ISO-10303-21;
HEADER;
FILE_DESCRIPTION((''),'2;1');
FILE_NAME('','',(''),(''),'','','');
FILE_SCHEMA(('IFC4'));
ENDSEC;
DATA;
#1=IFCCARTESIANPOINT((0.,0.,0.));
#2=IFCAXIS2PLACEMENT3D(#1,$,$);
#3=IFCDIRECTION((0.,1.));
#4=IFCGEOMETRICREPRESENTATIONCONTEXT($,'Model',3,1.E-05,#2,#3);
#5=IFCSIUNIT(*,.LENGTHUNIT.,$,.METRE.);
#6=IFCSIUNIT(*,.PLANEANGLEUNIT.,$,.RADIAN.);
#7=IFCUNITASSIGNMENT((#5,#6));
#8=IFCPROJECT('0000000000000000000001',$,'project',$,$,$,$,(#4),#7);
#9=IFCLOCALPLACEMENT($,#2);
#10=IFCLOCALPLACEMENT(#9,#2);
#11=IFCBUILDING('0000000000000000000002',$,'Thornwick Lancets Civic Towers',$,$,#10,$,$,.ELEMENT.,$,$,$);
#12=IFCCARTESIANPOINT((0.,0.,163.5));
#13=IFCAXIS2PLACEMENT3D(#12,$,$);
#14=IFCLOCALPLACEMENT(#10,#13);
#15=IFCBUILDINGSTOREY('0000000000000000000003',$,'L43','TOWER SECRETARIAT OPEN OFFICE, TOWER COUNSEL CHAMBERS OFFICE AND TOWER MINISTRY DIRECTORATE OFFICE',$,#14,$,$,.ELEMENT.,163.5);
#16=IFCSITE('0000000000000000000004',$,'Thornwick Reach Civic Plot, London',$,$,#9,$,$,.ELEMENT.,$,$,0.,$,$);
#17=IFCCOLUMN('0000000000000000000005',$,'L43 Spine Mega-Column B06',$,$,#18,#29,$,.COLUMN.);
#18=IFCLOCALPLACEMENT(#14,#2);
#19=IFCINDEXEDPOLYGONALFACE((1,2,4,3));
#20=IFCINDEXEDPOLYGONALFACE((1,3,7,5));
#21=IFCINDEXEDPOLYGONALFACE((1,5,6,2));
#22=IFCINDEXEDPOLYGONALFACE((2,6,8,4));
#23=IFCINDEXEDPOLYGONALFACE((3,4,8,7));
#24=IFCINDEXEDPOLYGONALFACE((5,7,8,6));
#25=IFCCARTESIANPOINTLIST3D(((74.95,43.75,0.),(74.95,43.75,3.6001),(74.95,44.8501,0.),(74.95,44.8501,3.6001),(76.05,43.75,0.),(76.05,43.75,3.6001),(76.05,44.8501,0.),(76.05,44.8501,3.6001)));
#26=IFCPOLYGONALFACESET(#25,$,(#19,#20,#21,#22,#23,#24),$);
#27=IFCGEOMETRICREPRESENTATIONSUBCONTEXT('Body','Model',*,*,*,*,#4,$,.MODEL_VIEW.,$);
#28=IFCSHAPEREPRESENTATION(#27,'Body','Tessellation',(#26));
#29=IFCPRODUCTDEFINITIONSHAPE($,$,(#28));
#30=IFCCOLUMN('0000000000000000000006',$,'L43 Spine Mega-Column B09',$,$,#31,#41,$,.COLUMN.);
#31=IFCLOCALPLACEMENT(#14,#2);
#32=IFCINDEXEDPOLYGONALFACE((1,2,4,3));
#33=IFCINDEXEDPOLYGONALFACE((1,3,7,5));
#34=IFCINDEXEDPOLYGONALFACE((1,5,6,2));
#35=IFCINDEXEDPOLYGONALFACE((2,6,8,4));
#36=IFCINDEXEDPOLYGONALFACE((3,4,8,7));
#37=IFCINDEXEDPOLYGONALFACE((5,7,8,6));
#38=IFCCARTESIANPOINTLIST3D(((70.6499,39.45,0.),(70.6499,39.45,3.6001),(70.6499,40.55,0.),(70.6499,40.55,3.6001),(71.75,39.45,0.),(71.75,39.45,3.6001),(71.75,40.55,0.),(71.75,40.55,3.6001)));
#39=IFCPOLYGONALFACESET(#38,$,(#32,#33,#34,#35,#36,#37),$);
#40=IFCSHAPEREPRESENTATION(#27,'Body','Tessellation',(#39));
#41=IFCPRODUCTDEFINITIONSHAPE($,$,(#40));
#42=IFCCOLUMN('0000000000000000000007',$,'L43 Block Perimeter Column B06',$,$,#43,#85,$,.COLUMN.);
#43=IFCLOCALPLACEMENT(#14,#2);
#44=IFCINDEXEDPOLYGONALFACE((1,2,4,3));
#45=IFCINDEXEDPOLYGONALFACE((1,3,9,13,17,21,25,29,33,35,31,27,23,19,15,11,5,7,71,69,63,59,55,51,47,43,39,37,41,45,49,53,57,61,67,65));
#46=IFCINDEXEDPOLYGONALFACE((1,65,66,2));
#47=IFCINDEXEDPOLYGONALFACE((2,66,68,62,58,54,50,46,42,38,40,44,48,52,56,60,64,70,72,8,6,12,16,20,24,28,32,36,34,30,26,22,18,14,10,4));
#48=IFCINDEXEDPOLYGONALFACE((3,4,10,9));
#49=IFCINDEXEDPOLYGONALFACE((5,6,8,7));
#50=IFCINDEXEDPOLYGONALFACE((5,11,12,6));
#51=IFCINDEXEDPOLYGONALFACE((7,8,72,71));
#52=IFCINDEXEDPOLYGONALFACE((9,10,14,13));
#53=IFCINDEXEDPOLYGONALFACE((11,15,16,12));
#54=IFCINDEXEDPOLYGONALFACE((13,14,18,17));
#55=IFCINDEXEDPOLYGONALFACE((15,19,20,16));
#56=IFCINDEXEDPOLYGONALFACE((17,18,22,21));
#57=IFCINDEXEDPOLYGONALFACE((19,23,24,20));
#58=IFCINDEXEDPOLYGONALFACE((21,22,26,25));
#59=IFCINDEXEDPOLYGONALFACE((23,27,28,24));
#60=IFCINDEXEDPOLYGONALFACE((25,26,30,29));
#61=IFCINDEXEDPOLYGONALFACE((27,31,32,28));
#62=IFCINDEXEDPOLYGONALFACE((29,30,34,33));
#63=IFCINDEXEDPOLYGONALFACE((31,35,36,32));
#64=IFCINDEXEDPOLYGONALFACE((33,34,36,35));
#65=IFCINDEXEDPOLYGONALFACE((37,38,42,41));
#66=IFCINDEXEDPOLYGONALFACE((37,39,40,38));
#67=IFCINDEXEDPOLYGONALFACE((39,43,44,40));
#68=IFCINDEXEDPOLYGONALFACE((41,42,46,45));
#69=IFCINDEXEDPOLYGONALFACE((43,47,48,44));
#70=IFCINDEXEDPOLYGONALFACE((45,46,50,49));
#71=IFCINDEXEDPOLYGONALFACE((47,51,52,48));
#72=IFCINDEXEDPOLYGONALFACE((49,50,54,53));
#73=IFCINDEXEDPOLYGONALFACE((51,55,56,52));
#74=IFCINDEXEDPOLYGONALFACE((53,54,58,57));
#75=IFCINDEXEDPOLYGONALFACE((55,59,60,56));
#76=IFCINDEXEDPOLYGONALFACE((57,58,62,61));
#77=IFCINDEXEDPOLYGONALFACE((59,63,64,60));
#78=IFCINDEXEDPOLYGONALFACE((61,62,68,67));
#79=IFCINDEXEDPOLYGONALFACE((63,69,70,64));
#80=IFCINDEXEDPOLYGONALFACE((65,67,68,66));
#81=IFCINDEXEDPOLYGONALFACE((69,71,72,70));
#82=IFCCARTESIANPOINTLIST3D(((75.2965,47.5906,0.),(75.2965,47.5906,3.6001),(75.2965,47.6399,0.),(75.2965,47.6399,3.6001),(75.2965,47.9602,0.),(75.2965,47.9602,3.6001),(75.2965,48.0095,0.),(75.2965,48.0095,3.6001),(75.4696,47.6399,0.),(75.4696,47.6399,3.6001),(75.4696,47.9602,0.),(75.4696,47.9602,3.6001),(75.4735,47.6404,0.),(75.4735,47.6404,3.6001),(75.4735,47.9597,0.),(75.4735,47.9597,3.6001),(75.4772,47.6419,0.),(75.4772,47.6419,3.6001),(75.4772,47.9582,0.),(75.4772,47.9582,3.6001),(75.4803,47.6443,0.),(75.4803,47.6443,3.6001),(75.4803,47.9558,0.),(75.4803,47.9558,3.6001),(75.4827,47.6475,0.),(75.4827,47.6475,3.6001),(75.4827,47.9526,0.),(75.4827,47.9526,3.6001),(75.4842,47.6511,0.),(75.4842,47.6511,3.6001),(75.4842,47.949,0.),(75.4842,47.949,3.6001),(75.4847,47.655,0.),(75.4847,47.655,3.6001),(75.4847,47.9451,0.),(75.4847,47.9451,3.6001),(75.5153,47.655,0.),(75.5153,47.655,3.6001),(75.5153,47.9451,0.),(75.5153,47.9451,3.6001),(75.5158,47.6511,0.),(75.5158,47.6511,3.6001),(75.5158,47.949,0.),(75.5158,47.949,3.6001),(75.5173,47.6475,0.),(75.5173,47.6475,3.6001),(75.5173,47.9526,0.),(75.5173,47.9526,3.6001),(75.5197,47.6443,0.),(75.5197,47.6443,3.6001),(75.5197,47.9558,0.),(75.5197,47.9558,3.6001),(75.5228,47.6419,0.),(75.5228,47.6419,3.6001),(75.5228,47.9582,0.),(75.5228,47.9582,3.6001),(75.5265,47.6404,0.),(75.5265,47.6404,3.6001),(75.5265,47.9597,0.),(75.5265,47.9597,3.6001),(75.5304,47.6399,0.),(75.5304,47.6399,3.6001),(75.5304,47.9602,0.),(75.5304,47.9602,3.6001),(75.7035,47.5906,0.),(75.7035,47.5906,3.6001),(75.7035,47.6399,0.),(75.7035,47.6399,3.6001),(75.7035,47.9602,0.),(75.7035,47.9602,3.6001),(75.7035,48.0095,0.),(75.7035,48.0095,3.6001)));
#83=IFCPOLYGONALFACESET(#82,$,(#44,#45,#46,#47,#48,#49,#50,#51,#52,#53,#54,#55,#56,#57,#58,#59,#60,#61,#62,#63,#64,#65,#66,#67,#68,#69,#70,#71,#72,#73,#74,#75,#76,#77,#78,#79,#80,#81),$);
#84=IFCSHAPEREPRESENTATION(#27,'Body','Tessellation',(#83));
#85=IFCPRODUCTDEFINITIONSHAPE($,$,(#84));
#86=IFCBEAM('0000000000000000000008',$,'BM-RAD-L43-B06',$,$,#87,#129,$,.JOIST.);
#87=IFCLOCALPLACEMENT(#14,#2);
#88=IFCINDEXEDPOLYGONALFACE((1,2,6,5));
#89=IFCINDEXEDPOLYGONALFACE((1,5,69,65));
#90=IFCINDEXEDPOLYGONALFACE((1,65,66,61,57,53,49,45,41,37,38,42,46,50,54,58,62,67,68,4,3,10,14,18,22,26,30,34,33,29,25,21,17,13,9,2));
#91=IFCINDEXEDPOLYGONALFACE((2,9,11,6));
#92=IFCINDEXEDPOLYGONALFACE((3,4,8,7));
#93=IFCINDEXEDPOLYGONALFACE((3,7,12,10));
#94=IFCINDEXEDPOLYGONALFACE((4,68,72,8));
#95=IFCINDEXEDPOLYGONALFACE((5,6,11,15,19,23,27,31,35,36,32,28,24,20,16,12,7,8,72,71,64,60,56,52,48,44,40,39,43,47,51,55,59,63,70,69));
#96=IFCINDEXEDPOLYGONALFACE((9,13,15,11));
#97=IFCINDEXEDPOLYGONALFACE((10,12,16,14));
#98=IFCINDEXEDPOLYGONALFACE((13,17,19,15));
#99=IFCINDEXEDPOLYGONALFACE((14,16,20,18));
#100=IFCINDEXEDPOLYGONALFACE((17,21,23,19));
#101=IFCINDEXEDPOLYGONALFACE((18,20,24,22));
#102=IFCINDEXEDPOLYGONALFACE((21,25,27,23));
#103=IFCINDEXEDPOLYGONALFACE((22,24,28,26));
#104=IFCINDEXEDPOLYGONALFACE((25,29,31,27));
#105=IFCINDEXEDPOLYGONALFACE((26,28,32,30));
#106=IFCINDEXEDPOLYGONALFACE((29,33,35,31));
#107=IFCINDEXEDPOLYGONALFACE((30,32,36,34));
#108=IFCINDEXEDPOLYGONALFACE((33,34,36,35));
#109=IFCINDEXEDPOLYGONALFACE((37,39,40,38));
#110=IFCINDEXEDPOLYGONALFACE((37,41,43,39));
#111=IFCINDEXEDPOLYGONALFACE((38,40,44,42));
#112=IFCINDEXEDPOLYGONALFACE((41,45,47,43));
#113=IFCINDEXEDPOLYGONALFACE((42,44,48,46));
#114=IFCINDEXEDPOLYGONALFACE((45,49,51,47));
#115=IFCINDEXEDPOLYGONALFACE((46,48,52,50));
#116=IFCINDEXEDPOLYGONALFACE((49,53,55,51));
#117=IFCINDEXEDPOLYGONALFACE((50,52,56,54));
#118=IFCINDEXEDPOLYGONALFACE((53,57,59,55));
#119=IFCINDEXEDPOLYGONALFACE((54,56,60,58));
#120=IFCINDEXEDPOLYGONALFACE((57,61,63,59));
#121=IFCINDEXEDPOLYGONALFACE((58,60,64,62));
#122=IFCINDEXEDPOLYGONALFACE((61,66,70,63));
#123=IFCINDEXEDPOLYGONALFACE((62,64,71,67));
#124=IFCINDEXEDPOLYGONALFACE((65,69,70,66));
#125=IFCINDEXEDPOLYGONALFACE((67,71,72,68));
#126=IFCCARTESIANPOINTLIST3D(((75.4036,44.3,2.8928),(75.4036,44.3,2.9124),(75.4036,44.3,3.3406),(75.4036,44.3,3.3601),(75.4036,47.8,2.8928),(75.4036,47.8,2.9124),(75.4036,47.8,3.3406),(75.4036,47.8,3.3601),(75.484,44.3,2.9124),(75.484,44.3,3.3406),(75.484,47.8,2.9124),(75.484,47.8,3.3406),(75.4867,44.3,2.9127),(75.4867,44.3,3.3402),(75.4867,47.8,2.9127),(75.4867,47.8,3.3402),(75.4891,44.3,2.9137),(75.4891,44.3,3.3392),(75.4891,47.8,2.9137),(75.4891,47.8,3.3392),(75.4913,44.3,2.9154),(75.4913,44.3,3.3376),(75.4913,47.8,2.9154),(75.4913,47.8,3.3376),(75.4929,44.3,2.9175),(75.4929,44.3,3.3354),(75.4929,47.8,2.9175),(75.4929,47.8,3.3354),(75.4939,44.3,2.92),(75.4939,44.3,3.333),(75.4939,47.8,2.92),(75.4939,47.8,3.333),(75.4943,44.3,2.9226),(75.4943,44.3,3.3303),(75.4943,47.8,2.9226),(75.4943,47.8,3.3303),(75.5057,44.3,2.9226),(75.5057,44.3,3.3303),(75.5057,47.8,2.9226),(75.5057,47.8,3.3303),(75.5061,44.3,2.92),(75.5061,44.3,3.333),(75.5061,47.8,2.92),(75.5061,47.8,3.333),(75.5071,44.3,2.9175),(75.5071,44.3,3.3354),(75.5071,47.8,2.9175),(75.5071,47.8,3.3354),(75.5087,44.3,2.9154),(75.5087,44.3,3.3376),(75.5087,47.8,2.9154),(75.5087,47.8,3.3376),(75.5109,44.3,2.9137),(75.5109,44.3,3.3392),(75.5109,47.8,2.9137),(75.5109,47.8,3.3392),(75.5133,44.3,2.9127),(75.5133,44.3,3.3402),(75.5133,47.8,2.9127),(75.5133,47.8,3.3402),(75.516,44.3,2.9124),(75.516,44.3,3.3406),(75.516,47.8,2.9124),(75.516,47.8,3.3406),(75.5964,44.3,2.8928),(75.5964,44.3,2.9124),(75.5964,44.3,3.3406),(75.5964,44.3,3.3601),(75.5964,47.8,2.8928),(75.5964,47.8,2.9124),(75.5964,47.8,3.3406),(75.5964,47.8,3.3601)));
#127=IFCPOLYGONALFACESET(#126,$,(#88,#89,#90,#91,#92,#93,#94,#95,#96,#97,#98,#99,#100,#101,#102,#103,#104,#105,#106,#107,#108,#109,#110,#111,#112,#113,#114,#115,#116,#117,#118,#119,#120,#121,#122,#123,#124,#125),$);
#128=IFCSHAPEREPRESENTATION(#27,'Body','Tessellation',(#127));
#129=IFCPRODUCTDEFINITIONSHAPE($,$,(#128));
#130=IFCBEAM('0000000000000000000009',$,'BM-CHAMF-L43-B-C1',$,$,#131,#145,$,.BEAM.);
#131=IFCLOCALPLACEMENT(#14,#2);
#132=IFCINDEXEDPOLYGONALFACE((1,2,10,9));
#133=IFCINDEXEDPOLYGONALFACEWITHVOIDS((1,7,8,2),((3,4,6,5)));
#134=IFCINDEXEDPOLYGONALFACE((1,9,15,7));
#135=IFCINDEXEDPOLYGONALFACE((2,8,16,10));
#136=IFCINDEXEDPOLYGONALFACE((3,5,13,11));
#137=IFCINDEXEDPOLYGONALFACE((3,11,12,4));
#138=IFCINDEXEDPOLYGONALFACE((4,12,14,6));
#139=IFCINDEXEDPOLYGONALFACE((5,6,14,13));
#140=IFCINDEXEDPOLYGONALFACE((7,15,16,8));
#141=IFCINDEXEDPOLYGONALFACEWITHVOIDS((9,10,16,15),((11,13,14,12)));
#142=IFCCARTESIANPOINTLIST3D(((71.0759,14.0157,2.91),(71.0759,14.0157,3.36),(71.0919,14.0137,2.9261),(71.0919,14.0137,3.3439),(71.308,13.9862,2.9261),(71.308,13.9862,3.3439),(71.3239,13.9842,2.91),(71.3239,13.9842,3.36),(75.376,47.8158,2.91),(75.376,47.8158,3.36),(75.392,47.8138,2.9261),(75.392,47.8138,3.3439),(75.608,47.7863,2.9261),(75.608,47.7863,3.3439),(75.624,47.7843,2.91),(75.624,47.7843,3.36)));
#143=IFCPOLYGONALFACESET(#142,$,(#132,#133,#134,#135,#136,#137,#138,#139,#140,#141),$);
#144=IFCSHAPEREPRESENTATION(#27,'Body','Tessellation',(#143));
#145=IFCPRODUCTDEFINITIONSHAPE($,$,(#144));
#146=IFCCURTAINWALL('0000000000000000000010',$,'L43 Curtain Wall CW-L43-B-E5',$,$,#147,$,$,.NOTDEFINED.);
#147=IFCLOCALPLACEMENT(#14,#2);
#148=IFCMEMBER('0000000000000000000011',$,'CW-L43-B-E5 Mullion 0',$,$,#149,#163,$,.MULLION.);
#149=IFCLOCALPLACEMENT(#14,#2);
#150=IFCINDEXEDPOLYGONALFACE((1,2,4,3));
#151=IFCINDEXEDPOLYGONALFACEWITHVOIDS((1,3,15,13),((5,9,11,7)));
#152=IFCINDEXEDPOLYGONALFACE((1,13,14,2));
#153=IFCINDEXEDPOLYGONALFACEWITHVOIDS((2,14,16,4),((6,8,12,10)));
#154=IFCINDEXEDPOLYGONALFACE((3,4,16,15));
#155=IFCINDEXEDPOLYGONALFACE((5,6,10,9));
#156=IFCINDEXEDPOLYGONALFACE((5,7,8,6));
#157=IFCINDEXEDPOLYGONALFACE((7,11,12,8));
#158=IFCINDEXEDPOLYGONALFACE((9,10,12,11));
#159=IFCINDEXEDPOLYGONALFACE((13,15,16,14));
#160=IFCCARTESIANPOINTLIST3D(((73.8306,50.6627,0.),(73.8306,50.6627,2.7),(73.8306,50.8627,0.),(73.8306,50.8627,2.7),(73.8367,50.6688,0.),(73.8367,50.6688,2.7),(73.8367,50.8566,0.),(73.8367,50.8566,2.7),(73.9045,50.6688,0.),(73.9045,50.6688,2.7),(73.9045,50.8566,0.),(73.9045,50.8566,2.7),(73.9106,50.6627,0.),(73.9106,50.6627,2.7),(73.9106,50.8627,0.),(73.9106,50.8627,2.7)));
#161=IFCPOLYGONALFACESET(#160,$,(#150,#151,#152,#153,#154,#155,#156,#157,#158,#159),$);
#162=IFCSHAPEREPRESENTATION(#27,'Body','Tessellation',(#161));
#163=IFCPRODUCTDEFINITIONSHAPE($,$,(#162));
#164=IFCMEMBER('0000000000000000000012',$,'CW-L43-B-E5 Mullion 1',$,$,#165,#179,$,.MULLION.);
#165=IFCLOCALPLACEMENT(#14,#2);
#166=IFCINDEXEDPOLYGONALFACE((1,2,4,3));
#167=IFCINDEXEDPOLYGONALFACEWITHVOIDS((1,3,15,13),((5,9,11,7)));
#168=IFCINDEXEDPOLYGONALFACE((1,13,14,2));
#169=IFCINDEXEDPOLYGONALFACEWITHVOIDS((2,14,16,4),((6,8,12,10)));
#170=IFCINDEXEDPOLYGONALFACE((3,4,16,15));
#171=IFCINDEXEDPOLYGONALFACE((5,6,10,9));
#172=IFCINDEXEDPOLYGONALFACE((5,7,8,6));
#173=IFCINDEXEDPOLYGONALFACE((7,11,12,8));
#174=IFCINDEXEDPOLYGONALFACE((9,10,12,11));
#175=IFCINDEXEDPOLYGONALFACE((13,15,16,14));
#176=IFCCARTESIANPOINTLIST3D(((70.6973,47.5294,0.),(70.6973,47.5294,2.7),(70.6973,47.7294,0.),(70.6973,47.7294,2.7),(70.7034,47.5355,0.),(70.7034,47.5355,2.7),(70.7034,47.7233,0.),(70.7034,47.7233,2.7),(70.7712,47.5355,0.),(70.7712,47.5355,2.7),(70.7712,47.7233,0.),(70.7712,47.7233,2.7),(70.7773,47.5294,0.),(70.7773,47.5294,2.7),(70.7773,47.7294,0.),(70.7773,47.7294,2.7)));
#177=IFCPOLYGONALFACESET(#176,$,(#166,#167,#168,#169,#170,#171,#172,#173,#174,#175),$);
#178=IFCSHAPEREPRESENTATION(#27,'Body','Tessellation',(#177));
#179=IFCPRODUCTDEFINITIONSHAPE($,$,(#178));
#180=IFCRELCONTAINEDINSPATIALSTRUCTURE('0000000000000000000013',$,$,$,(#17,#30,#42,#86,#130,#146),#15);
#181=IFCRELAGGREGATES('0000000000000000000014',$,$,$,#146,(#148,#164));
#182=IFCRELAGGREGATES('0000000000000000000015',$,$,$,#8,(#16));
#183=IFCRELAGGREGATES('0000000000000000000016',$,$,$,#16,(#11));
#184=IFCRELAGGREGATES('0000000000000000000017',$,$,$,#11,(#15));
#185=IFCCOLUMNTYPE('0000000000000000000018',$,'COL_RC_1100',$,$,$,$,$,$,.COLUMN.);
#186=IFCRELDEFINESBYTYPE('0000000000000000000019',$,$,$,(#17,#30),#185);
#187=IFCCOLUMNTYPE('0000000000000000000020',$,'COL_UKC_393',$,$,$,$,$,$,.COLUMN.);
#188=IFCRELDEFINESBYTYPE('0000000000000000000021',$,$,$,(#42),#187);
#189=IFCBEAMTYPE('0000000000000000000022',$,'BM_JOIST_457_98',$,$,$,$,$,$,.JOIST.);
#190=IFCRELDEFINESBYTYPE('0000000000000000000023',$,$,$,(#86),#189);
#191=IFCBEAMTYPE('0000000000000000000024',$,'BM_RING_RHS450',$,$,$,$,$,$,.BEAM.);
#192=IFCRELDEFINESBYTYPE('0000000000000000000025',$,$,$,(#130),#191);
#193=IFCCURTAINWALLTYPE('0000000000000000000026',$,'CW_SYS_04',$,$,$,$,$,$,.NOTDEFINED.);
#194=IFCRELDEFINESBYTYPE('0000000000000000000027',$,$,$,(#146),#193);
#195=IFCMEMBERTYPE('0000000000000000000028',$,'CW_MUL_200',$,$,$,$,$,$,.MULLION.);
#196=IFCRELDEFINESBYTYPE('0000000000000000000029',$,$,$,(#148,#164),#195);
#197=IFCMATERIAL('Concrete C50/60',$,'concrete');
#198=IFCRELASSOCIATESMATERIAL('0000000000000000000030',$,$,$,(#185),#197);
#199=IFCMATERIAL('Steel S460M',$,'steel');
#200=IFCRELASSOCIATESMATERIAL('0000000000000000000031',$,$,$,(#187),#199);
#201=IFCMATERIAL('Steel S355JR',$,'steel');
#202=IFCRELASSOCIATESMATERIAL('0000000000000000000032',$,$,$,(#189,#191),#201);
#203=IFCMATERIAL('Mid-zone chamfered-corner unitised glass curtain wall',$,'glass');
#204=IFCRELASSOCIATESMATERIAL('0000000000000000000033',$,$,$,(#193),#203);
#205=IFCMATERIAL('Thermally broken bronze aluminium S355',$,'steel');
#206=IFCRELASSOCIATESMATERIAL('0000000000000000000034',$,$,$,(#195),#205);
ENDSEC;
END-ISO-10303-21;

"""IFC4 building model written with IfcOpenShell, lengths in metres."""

from ifc_helpers import new_model, si_unit, direction, frame, origin, origin_2d, place, context, subcontext, project, spatial, rectangle, hollow_rectangle, i_section, extrude, material, material_profile, profile_set, type_object, element, aggregate, save


model = new_model("IFC4")

# Units and contexts
model_context = context("Model", 3, precision=1e-05, world=origin(), true_north=direction((0.0, 1.0)))
body_context = subcontext(model_context, "Body", "Model", "MODEL_VIEW")
ifc_project = project(units=[si_unit("LENGTHUNIT", "METRE"), si_unit("PLANEANGLEUNIT", "RADIAN")], contexts=[model_context])

# Site, building, storey
site_placement = place(None, origin())
site = spatial("IfcSite", under=ifc_project, at=site_placement, Name="Thornwick Reach Civic Plot, London", CompositionType="ELEMENT", RefElevation=0.0)
building_placement = place(site_placement, origin())
building = spatial("IfcBuilding", under=site, at=building_placement, Name="Thornwick Lancets Civic Towers", CompositionType="ELEMENT")
storey_placement = place(building_placement, frame((0.0, 0.0, 163.5)))
storey = spatial("IfcBuildingStorey", under=building, at=storey_placement, Name="L43", Description="TOWER SECRETARIAT OPEN OFFICE, TOWER COUNSEL CHAMBERS OFFICE AND TOWER MINISTRY DIRECTORATE OFFICE", CompositionType="ELEMENT", Elevation=163.5)

# Columns
ifc_material_1 = material(Name="Concrete C50/60", Category="concrete")
ifc_material_profile_1 = material_profile(ifc_material_1, rectangle(XDim=1.1001, YDim=1.1001, at=origin_2d()), Name="RC 1100x1100")
ifc_profile_set_1 = profile_set([ifc_material_profile_1], Name="Concrete C50/60")
column_type_1 = type_object("IfcColumnType", Name="COL_RC_1100", PredefinedType="COLUMN", material=ifc_profile_set_1)
for number, where, z_axis, x_axis, name in (
    (1, (75.5, 44.3, 0.0), (0.0, 0.0, 1.0), (1.0, 0.0, 0.0), "L43 Spine Mega-Column B06"),
    (2, (71.2, 40.0, 0.0), (0.0, 0.0, 1.0), (1.0, 0.0, 0.0), "L43 Spine Mega-Column B09"),
):
    element("IfcColumn", number, at=place(storey_placement, frame(where, z_axis=z_axis, x_axis=x_axis)), inside=storey, type_object=column_type_1, Name=name, PredefinedType="COLUMN", context=body_context, shape_type="SweptSolid", body=[
        extrude(rectangle(XDim=1.1001, YDim=1.1001, at=origin_2d()), origin(), (0.0, 0.0, 1.0), 3.6001),
    ])
ifc_material_2 = material(Name="Steel S460M", Category="steel")
ifc_material_profile_2 = material_profile(ifc_material_2, i_section(OverallWidth=0.407, OverallDepth=0.4189, WebThickness=0.0305, FlangeThickness=0.0493, FilletRadius=0.0151, at=origin_2d()), Name="UKC 356x406x393")
ifc_profile_set_2 = profile_set([ifc_material_profile_2], Name="Steel S460M")
column_type_2 = type_object("IfcColumnType", Name="COL_UKC_393", PredefinedType="COLUMN", material=ifc_profile_set_2)
column_placement = place(storey_placement, frame((75.5, 47.8, 0.0), z_axis=(0.0, 0.0, 1.0), x_axis=(1.0, 0.0, 0.0)))
element("IfcColumn", 3, at=column_placement, inside=storey, type_object=column_type_2, Name="L43 Block Perimeter Column B06", PredefinedType="COLUMN", context=body_context, shape_type="SweptSolid", body=[
    extrude(i_section(OverallWidth=0.407, OverallDepth=0.4189, WebThickness=0.0305, FlangeThickness=0.0493, FilletRadius=0.0151, at=origin_2d()), origin(), (0.0, 0.0, 1.0), 3.6001),
])

# Beams
ifc_material_3 = material(Name="Steel S355JR", Category="steel")
ifc_material_profile_3 = material_profile(ifc_material_3, i_section(OverallWidth=0.1929, OverallDepth=0.4673, WebThickness=0.0115, FlangeThickness=0.0195, FilletRadius=0.0103, at=origin_2d()), Name="UKB 457x191x98")
ifc_profile_set_3 = profile_set([ifc_material_profile_3], Name="Steel S355JR")
beam_type_1 = type_object("IfcBeamType", Name="BM_JOIST_457_98", PredefinedType="JOIST", material=ifc_profile_set_3)
beam_1_placement = place(storey_placement, frame((75.5, 44.3, 3.1265), z_axis=(0.0, 1.0, 0.0), x_axis=(-1.0, 0.0, 0.0)))
element("IfcBeam", 4, at=beam_1_placement, inside=storey, type_object=beam_type_1, Name="BM-RAD-L43-B06", PredefinedType="JOIST", context=body_context, shape_type="SweptSolid", body=[
    extrude(i_section(OverallWidth=0.1929, OverallDepth=0.4673, WebThickness=0.0115, FlangeThickness=0.0195, FilletRadius=0.0103, at=origin_2d()), origin(), (0.0, 0.0, 1.0), 3.5),
])
ifc_material_profile_4 = material_profile(ifc_material_3, hollow_rectangle(XDim=0.25, YDim=0.45, WallThickness=0.0161, at=origin_2d()), Name="RHS 450x250x16")
ifc_profile_set_4 = profile_set([ifc_material_profile_4], Name="Steel S355JR")
beam_type_2 = type_object("IfcBeamType", Name="BM_RING_RHS450", PredefinedType="BEAM", material=ifc_profile_set_4)
beam_2_placement = place(storey_placement, frame((75.5, 47.8, 3.135), z_axis=(-0.126203, -0.992004, 0.0), x_axis=(0.992004, -0.126203, 0.0)))
element("IfcBeam", 5, at=beam_2_placement, inside=storey, type_object=beam_type_2, Name="BM-CHAMF-L43-B-C1", PredefinedType="BEAM", context=body_context, shape_type="SweptSolid", body=[
    extrude(hollow_rectangle(XDim=0.25, YDim=0.45, WallThickness=0.0161, at=origin_2d()), origin(), (0.0, 0.0, 1.0), 34.0725),
])

# Curtain wall, members
ifc_material_4 = material(Name="Mid-zone chamfered-corner unitised glass curtain wall", Category="glass")
curtain_wall_type = type_object("IfcCurtainWallType", Name="CW_SYS_04", PredefinedType="NOTDEFINED", material=ifc_material_4)
curtain_wall_placement = place(storey_placement, origin())
curtain_wall = element("IfcCurtainWall", 6, at=curtain_wall_placement, inside=storey, type_object=curtain_wall_type, Name="L43 Curtain Wall CW-L43-B-E5", PredefinedType="NOTDEFINED")
ifc_material_5 = material(Name="Thermally broken bronze aluminium S355", Category="steel")
ifc_material_profile_5 = material_profile(ifc_material_5, hollow_rectangle(XDim=0.0801, YDim=0.2, WallThickness=0.0061, at=origin_2d()), Name="RHS 200x80x6")
ifc_profile_set_5 = profile_set([ifc_material_profile_5], Name="Thermally broken bronze aluminium S355")
member_type_1 = type_object("IfcMemberType", Name="CW_MUL_200", PredefinedType="MULLION", material=ifc_profile_set_5)
member_1_placement = place(storey_placement, frame((73.8706, 50.7627, 0.0), z_axis=(0.0, 0.0, 1.0), x_axis=(1.0, 0.0, 0.0)))
member_1 = element("IfcMember", 7, at=member_1_placement, type_object=member_type_1, Name="CW-L43-B-E5 Mullion 0", PredefinedType="MULLION", context=body_context, shape_type="SweptSolid", body=[
    extrude(hollow_rectangle(XDim=0.0801, YDim=0.2, WallThickness=0.0061, at=origin_2d()), origin(), (0.0, 0.0, 1.0), 2.7),
])
member_2_placement = place(storey_placement, frame((70.7373, 47.6294, 0.0), z_axis=(0.0, 0.0, 1.0), x_axis=(1.0, 0.0, 0.0)))
member_2 = element("IfcMember", 8, at=member_2_placement, type_object=member_type_1, Name="CW-L43-B-E5 Mullion 1", PredefinedType="MULLION", context=body_context, shape_type="SweptSolid", body=[
    extrude(hollow_rectangle(XDim=0.0801, YDim=0.2, WallThickness=0.0061, at=origin_2d()), origin(), (0.0, 0.0, 1.0), 2.7),
])
aggregate(curtain_wall, [member_1, member_2])

save(model, "model.ifc")
